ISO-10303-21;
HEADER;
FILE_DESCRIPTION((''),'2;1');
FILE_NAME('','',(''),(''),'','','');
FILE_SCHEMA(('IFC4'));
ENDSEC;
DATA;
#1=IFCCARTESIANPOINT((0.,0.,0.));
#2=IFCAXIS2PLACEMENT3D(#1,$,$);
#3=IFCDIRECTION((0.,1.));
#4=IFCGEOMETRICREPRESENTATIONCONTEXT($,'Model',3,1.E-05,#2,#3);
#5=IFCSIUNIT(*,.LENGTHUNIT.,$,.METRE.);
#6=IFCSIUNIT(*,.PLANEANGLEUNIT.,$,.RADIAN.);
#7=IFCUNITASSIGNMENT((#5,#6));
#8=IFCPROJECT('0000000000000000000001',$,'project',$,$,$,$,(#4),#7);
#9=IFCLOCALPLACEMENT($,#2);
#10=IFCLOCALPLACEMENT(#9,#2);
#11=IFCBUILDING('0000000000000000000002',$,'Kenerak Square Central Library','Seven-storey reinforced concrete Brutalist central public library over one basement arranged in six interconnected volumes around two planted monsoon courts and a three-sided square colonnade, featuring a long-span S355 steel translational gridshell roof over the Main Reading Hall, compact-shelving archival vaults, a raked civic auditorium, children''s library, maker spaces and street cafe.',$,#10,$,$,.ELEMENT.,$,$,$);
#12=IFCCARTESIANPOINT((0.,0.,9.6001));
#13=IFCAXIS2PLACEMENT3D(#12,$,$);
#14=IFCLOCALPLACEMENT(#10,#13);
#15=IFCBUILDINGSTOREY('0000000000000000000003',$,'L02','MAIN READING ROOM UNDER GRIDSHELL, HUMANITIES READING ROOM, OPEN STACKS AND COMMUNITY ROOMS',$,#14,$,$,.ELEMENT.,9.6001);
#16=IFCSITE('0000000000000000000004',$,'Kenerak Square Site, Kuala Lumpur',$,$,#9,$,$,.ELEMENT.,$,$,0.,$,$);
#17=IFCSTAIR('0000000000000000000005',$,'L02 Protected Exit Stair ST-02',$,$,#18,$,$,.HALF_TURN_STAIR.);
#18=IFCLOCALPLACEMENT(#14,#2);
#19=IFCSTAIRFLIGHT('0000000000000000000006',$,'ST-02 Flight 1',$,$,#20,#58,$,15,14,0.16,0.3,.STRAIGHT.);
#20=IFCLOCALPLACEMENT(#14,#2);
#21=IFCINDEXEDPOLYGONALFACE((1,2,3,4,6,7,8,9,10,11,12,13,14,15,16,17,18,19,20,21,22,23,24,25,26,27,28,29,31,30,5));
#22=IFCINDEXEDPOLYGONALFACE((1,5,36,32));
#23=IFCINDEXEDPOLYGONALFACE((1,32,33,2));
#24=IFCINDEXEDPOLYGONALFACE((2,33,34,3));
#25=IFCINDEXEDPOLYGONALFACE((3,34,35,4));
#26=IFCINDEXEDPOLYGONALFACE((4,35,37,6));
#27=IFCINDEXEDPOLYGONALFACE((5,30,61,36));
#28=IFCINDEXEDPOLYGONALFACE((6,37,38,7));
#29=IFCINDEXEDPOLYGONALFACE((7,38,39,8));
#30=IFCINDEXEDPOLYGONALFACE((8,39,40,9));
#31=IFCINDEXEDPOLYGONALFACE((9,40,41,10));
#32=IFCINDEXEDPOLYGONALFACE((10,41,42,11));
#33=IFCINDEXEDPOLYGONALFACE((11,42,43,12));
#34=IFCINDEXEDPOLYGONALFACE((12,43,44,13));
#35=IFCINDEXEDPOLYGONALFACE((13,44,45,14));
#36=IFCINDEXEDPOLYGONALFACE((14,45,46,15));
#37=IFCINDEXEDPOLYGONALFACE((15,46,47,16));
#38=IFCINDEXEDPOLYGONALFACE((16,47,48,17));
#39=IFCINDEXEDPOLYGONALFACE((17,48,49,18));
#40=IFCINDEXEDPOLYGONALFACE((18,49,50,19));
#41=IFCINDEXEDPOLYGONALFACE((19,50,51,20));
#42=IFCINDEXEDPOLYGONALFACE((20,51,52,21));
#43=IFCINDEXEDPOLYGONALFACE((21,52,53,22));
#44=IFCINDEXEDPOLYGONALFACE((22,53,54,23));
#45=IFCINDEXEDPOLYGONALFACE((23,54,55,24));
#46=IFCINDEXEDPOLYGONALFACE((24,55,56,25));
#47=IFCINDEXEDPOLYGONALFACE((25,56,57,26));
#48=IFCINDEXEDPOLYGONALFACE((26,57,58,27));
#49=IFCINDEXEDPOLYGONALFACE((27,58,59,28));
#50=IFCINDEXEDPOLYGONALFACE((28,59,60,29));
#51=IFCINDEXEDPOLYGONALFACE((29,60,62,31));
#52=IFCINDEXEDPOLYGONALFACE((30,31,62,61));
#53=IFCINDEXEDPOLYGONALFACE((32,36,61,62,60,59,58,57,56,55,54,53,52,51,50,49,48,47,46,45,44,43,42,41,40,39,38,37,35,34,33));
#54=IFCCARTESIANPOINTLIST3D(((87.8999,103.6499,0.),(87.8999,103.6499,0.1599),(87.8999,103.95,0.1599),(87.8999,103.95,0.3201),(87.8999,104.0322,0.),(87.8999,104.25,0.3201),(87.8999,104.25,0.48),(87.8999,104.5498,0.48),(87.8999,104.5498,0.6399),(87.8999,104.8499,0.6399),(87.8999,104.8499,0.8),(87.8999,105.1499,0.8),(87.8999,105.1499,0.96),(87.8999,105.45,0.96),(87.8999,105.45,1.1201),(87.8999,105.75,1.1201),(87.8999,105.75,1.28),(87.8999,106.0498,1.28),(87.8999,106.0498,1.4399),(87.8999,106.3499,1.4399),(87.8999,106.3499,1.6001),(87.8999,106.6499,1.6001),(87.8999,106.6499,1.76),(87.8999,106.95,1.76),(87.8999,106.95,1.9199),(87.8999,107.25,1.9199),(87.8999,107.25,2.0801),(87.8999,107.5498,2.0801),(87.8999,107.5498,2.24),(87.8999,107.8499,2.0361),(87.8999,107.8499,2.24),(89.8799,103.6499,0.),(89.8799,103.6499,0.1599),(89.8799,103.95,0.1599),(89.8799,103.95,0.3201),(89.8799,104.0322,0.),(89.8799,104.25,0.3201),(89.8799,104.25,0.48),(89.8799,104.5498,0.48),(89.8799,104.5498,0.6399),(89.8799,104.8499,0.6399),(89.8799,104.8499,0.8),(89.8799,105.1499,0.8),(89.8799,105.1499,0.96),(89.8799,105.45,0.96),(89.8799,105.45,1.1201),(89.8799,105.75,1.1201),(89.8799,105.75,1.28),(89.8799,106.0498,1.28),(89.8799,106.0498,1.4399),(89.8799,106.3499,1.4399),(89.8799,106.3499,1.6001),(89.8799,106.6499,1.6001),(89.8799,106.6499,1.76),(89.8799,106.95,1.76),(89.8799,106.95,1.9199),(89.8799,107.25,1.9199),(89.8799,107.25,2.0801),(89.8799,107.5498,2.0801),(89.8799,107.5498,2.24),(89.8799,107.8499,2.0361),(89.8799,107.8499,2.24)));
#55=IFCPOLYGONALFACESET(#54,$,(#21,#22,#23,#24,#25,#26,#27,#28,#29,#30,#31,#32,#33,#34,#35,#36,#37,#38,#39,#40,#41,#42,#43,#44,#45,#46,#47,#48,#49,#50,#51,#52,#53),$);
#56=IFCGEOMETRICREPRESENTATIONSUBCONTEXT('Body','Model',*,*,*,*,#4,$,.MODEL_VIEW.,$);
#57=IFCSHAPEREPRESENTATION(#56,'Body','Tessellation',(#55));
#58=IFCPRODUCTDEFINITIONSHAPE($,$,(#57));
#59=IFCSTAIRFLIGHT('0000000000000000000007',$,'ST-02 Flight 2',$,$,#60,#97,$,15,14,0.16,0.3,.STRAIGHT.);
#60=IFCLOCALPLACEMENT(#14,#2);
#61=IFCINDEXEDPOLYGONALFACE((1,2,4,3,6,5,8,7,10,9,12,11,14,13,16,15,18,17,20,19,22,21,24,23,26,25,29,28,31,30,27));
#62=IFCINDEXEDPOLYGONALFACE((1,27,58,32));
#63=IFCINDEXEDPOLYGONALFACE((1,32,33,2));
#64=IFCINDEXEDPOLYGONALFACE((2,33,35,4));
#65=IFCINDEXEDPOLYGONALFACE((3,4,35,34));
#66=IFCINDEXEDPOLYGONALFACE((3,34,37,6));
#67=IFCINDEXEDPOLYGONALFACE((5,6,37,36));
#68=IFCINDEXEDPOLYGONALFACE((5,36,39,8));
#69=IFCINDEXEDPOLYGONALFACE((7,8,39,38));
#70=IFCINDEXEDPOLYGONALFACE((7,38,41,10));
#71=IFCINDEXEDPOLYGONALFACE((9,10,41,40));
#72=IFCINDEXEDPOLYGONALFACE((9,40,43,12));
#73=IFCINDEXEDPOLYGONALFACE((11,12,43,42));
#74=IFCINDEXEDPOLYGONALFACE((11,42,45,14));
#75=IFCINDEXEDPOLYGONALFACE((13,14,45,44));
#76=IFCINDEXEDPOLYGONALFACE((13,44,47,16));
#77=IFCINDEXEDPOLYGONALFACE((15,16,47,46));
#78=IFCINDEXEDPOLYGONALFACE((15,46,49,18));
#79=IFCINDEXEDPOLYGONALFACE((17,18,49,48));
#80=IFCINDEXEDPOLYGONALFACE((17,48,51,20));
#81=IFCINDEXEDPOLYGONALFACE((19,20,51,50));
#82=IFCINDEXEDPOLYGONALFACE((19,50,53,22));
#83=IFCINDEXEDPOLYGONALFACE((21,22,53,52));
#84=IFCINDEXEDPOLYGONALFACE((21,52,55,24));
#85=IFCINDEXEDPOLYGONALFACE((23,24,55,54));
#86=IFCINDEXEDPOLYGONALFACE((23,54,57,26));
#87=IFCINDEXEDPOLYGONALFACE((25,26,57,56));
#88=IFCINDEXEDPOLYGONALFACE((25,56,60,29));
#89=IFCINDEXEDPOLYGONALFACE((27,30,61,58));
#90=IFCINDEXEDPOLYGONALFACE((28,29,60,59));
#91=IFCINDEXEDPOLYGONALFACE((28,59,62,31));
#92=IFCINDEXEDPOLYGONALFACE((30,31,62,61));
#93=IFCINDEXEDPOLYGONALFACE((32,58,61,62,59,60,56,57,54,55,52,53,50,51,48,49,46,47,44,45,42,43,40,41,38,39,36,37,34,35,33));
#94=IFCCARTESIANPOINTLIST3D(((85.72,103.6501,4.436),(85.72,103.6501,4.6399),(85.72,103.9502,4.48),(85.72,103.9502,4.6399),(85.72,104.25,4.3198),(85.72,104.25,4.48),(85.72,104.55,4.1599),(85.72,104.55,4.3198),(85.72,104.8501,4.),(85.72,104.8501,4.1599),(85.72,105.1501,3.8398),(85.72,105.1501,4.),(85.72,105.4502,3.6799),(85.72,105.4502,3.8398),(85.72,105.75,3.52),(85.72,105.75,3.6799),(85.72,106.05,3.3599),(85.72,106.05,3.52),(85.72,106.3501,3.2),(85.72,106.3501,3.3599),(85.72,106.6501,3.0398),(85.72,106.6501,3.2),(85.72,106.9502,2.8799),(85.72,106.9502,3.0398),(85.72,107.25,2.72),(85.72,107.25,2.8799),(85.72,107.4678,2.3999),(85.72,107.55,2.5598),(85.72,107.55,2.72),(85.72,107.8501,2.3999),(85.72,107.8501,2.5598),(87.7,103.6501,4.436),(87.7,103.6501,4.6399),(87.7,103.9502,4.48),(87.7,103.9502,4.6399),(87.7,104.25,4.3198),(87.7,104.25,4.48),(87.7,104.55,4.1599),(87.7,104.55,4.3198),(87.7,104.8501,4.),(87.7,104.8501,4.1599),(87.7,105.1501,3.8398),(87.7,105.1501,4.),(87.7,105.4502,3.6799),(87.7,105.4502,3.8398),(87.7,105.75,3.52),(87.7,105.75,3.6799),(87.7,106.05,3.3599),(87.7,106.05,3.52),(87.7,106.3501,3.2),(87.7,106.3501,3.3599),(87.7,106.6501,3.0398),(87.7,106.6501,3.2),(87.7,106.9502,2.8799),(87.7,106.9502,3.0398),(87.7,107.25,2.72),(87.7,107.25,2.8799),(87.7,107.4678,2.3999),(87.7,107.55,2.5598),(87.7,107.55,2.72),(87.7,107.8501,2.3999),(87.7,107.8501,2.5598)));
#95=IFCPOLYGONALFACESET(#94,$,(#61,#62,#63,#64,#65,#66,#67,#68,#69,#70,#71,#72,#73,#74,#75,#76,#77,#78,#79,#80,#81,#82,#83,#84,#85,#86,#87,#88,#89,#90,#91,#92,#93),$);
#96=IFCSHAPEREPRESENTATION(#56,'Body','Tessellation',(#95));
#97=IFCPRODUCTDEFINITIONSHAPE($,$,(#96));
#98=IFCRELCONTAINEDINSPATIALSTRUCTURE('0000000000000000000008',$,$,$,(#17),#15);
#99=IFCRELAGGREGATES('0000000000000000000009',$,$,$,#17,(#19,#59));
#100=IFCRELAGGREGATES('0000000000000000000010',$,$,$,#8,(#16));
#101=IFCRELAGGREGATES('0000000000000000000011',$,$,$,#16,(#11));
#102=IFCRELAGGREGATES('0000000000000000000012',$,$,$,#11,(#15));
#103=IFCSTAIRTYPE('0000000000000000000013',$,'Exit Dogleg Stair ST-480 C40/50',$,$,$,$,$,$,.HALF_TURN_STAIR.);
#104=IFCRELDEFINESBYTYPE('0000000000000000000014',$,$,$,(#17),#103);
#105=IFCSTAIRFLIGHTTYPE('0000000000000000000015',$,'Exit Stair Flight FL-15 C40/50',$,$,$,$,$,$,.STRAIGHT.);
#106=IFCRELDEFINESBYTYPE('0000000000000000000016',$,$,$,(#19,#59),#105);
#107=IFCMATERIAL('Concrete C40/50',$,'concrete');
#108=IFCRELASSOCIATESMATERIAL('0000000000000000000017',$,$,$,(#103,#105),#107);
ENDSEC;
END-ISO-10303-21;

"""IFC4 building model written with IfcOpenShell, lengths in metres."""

from ifc_helpers import new_model, si_unit, direction, frame, origin, place, context, subcontext, project, spatial, polyline, outline, extrude, material, type_object, element, aggregate, save


model = new_model("IFC4")

# Units and contexts
model_context = context("Model", 3, precision=1e-05, world=origin(), true_north=direction((0.0, 1.0)))
body_context = subcontext(model_context, "Body", "Model", "MODEL_VIEW")
ifc_project = project(units=[si_unit("LENGTHUNIT", "METRE"), si_unit("PLANEANGLEUNIT", "RADIAN")], contexts=[model_context])

# Site, building, storey
site_placement = place(None, origin())
site = spatial("IfcSite", under=ifc_project, at=site_placement, Name="Kenerak Square Site, Kuala Lumpur", CompositionType="ELEMENT", RefElevation=0.0)
building_placement = place(site_placement, origin())
building = spatial("IfcBuilding", under=site, at=building_placement, Name="Kenerak Square Central Library", Description="Seven-storey reinforced concrete Brutalist central public library over one basement arranged in six interconnected volumes around two planted monsoon courts and a three-sided square colonnade, featuring a long-span S355 steel translational gridshell roof over the Main Reading Hall, compact-shelving archival vaults, a raked civic auditorium, children's library, maker spaces and street cafe.", CompositionType="ELEMENT")
storey_placement = place(building_placement, frame((0.0, 0.0, 9.6001)))
storey = spatial("IfcBuildingStorey", under=building, at=storey_placement, Name="L02", Description="MAIN READING ROOM UNDER GRIDSHELL, HUMANITIES READING ROOM, OPEN STACKS AND COMMUNITY ROOMS", CompositionType="ELEMENT", Elevation=9.6001)

# Shared definitions
ifc_material_1 = material(Name="Concrete C40/50", Category="concrete")

# Stair, stair flights
stair_type = type_object("IfcStairType", Name="Exit Dogleg Stair ST-480 C40/50", PredefinedType="HALF_TURN_STAIR", material=ifc_material_1)
stair_placement = place(storey_placement, origin())
stair = element("IfcStair", 1, at=stair_placement, inside=storey, type_object=stair_type, Name="L02 Protected Exit Stair ST-02", PredefinedType="HALF_TURN_STAIR")
stair_flight_type = type_object("IfcStairFlightType", Name="Exit Stair Flight FL-15 C40/50", PredefinedType="STRAIGHT", material=ifc_material_1)
stair_flight_1_placement = place(storey_placement, frame((88.8899, 103.6499, 0.0), z_axis=(0.0, 0.0, 1.0), x_axis=(0.0, 1.0, 0.0)))
stair_flight_1 = element("IfcStairFlight", 2, at=stair_flight_1_placement, type_object=stair_flight_type, Name="ST-02 Flight 1", NumberOfRisers=15, NumberOfTreads=14, PredefinedType="STRAIGHT", RiserHeight=0.16, TreadLength=0.3, context=body_context, shape_type="SweptSolid", body=[
    extrude(outline(polyline([(0.0, 0.0), (0.0, 0.1599), (0.3, 0.1599), (0.3, 0.3201), (0.6001, 0.3201), (0.6001, 0.48), (0.8999, 0.48), (0.8999, 0.6399), (1.2, 0.6399), (1.2, 0.8), (1.5, 0.8), (1.5, 0.96), (1.8, 0.96), (1.8, 1.1201), (2.1001, 1.1201), (2.1001, 1.28), (2.3999, 1.28), (2.3999, 1.4399), (2.7, 1.4399), (2.7, 1.6001), (3.0, 1.6001), (3.0, 1.76), (3.3, 1.76), (3.3, 1.9199), (3.6001, 1.9199), (3.6001, 2.0801), (3.8999, 2.0801), (3.8999, 2.24), (4.2, 2.24), (4.2, 2.3999), (4.2, 2.0361), (0.3823, 0.0), (0.0, 0.0)])), frame((0.0, 0.99, 0.0), z_axis=(0.0, -1.0, 0.0), x_axis=(1.0, 0.0, 0.0)), (0.0, 0.0, 1.0), 1.98),
])
stair_flight_2_placement = place(storey_placement, frame((86.71, 107.8501, 2.3999), z_axis=(0.0, 0.0, 1.0), x_axis=(0.0, -1.0, 0.0)))
stair_flight_2 = element("IfcStairFlight", 3, at=stair_flight_2_placement, type_object=stair_flight_type, Name="ST-02 Flight 2", NumberOfRisers=15, NumberOfTreads=14, PredefinedType="STRAIGHT", RiserHeight=0.16, TreadLength=0.3, context=body_context, shape_type="SweptSolid", body=[
    extrude(outline(polyline([(0.0, 0.0), (0.0, 0.1599), (0.3, 0.1599), (0.3, 0.3201), (0.6001, 0.3201), (0.6001, 0.48), (0.8999, 0.48), (0.8999, 0.6399), (1.2, 0.6399), (1.2, 0.8), (1.5, 0.8), (1.5, 0.96), (1.8, 0.96), (1.8, 1.1201), (2.1001, 1.1201), (2.1001, 1.28), (2.3999, 1.28), (2.3999, 1.4399), (2.7, 1.4399), (2.7, 1.6001), (3.0, 1.6001), (3.0, 1.76), (3.3, 1.76), (3.3, 1.9199), (3.6001, 1.9199), (3.6001, 2.0801), (3.8999, 2.0801), (3.8999, 2.24), (4.2, 2.24), (4.2, 2.3999), (4.2, 2.0361), (0.3823, 0.0), (0.0, 0.0)])), frame((0.0, 0.99, 0.0), z_axis=(0.0, -1.0, 0.0), x_axis=(1.0, 0.0, 0.0)), (0.0, 0.0, 1.0), 1.98),
])
aggregate(stair, [stair_flight_1, stair_flight_2])

save(model, "model.ifc")
